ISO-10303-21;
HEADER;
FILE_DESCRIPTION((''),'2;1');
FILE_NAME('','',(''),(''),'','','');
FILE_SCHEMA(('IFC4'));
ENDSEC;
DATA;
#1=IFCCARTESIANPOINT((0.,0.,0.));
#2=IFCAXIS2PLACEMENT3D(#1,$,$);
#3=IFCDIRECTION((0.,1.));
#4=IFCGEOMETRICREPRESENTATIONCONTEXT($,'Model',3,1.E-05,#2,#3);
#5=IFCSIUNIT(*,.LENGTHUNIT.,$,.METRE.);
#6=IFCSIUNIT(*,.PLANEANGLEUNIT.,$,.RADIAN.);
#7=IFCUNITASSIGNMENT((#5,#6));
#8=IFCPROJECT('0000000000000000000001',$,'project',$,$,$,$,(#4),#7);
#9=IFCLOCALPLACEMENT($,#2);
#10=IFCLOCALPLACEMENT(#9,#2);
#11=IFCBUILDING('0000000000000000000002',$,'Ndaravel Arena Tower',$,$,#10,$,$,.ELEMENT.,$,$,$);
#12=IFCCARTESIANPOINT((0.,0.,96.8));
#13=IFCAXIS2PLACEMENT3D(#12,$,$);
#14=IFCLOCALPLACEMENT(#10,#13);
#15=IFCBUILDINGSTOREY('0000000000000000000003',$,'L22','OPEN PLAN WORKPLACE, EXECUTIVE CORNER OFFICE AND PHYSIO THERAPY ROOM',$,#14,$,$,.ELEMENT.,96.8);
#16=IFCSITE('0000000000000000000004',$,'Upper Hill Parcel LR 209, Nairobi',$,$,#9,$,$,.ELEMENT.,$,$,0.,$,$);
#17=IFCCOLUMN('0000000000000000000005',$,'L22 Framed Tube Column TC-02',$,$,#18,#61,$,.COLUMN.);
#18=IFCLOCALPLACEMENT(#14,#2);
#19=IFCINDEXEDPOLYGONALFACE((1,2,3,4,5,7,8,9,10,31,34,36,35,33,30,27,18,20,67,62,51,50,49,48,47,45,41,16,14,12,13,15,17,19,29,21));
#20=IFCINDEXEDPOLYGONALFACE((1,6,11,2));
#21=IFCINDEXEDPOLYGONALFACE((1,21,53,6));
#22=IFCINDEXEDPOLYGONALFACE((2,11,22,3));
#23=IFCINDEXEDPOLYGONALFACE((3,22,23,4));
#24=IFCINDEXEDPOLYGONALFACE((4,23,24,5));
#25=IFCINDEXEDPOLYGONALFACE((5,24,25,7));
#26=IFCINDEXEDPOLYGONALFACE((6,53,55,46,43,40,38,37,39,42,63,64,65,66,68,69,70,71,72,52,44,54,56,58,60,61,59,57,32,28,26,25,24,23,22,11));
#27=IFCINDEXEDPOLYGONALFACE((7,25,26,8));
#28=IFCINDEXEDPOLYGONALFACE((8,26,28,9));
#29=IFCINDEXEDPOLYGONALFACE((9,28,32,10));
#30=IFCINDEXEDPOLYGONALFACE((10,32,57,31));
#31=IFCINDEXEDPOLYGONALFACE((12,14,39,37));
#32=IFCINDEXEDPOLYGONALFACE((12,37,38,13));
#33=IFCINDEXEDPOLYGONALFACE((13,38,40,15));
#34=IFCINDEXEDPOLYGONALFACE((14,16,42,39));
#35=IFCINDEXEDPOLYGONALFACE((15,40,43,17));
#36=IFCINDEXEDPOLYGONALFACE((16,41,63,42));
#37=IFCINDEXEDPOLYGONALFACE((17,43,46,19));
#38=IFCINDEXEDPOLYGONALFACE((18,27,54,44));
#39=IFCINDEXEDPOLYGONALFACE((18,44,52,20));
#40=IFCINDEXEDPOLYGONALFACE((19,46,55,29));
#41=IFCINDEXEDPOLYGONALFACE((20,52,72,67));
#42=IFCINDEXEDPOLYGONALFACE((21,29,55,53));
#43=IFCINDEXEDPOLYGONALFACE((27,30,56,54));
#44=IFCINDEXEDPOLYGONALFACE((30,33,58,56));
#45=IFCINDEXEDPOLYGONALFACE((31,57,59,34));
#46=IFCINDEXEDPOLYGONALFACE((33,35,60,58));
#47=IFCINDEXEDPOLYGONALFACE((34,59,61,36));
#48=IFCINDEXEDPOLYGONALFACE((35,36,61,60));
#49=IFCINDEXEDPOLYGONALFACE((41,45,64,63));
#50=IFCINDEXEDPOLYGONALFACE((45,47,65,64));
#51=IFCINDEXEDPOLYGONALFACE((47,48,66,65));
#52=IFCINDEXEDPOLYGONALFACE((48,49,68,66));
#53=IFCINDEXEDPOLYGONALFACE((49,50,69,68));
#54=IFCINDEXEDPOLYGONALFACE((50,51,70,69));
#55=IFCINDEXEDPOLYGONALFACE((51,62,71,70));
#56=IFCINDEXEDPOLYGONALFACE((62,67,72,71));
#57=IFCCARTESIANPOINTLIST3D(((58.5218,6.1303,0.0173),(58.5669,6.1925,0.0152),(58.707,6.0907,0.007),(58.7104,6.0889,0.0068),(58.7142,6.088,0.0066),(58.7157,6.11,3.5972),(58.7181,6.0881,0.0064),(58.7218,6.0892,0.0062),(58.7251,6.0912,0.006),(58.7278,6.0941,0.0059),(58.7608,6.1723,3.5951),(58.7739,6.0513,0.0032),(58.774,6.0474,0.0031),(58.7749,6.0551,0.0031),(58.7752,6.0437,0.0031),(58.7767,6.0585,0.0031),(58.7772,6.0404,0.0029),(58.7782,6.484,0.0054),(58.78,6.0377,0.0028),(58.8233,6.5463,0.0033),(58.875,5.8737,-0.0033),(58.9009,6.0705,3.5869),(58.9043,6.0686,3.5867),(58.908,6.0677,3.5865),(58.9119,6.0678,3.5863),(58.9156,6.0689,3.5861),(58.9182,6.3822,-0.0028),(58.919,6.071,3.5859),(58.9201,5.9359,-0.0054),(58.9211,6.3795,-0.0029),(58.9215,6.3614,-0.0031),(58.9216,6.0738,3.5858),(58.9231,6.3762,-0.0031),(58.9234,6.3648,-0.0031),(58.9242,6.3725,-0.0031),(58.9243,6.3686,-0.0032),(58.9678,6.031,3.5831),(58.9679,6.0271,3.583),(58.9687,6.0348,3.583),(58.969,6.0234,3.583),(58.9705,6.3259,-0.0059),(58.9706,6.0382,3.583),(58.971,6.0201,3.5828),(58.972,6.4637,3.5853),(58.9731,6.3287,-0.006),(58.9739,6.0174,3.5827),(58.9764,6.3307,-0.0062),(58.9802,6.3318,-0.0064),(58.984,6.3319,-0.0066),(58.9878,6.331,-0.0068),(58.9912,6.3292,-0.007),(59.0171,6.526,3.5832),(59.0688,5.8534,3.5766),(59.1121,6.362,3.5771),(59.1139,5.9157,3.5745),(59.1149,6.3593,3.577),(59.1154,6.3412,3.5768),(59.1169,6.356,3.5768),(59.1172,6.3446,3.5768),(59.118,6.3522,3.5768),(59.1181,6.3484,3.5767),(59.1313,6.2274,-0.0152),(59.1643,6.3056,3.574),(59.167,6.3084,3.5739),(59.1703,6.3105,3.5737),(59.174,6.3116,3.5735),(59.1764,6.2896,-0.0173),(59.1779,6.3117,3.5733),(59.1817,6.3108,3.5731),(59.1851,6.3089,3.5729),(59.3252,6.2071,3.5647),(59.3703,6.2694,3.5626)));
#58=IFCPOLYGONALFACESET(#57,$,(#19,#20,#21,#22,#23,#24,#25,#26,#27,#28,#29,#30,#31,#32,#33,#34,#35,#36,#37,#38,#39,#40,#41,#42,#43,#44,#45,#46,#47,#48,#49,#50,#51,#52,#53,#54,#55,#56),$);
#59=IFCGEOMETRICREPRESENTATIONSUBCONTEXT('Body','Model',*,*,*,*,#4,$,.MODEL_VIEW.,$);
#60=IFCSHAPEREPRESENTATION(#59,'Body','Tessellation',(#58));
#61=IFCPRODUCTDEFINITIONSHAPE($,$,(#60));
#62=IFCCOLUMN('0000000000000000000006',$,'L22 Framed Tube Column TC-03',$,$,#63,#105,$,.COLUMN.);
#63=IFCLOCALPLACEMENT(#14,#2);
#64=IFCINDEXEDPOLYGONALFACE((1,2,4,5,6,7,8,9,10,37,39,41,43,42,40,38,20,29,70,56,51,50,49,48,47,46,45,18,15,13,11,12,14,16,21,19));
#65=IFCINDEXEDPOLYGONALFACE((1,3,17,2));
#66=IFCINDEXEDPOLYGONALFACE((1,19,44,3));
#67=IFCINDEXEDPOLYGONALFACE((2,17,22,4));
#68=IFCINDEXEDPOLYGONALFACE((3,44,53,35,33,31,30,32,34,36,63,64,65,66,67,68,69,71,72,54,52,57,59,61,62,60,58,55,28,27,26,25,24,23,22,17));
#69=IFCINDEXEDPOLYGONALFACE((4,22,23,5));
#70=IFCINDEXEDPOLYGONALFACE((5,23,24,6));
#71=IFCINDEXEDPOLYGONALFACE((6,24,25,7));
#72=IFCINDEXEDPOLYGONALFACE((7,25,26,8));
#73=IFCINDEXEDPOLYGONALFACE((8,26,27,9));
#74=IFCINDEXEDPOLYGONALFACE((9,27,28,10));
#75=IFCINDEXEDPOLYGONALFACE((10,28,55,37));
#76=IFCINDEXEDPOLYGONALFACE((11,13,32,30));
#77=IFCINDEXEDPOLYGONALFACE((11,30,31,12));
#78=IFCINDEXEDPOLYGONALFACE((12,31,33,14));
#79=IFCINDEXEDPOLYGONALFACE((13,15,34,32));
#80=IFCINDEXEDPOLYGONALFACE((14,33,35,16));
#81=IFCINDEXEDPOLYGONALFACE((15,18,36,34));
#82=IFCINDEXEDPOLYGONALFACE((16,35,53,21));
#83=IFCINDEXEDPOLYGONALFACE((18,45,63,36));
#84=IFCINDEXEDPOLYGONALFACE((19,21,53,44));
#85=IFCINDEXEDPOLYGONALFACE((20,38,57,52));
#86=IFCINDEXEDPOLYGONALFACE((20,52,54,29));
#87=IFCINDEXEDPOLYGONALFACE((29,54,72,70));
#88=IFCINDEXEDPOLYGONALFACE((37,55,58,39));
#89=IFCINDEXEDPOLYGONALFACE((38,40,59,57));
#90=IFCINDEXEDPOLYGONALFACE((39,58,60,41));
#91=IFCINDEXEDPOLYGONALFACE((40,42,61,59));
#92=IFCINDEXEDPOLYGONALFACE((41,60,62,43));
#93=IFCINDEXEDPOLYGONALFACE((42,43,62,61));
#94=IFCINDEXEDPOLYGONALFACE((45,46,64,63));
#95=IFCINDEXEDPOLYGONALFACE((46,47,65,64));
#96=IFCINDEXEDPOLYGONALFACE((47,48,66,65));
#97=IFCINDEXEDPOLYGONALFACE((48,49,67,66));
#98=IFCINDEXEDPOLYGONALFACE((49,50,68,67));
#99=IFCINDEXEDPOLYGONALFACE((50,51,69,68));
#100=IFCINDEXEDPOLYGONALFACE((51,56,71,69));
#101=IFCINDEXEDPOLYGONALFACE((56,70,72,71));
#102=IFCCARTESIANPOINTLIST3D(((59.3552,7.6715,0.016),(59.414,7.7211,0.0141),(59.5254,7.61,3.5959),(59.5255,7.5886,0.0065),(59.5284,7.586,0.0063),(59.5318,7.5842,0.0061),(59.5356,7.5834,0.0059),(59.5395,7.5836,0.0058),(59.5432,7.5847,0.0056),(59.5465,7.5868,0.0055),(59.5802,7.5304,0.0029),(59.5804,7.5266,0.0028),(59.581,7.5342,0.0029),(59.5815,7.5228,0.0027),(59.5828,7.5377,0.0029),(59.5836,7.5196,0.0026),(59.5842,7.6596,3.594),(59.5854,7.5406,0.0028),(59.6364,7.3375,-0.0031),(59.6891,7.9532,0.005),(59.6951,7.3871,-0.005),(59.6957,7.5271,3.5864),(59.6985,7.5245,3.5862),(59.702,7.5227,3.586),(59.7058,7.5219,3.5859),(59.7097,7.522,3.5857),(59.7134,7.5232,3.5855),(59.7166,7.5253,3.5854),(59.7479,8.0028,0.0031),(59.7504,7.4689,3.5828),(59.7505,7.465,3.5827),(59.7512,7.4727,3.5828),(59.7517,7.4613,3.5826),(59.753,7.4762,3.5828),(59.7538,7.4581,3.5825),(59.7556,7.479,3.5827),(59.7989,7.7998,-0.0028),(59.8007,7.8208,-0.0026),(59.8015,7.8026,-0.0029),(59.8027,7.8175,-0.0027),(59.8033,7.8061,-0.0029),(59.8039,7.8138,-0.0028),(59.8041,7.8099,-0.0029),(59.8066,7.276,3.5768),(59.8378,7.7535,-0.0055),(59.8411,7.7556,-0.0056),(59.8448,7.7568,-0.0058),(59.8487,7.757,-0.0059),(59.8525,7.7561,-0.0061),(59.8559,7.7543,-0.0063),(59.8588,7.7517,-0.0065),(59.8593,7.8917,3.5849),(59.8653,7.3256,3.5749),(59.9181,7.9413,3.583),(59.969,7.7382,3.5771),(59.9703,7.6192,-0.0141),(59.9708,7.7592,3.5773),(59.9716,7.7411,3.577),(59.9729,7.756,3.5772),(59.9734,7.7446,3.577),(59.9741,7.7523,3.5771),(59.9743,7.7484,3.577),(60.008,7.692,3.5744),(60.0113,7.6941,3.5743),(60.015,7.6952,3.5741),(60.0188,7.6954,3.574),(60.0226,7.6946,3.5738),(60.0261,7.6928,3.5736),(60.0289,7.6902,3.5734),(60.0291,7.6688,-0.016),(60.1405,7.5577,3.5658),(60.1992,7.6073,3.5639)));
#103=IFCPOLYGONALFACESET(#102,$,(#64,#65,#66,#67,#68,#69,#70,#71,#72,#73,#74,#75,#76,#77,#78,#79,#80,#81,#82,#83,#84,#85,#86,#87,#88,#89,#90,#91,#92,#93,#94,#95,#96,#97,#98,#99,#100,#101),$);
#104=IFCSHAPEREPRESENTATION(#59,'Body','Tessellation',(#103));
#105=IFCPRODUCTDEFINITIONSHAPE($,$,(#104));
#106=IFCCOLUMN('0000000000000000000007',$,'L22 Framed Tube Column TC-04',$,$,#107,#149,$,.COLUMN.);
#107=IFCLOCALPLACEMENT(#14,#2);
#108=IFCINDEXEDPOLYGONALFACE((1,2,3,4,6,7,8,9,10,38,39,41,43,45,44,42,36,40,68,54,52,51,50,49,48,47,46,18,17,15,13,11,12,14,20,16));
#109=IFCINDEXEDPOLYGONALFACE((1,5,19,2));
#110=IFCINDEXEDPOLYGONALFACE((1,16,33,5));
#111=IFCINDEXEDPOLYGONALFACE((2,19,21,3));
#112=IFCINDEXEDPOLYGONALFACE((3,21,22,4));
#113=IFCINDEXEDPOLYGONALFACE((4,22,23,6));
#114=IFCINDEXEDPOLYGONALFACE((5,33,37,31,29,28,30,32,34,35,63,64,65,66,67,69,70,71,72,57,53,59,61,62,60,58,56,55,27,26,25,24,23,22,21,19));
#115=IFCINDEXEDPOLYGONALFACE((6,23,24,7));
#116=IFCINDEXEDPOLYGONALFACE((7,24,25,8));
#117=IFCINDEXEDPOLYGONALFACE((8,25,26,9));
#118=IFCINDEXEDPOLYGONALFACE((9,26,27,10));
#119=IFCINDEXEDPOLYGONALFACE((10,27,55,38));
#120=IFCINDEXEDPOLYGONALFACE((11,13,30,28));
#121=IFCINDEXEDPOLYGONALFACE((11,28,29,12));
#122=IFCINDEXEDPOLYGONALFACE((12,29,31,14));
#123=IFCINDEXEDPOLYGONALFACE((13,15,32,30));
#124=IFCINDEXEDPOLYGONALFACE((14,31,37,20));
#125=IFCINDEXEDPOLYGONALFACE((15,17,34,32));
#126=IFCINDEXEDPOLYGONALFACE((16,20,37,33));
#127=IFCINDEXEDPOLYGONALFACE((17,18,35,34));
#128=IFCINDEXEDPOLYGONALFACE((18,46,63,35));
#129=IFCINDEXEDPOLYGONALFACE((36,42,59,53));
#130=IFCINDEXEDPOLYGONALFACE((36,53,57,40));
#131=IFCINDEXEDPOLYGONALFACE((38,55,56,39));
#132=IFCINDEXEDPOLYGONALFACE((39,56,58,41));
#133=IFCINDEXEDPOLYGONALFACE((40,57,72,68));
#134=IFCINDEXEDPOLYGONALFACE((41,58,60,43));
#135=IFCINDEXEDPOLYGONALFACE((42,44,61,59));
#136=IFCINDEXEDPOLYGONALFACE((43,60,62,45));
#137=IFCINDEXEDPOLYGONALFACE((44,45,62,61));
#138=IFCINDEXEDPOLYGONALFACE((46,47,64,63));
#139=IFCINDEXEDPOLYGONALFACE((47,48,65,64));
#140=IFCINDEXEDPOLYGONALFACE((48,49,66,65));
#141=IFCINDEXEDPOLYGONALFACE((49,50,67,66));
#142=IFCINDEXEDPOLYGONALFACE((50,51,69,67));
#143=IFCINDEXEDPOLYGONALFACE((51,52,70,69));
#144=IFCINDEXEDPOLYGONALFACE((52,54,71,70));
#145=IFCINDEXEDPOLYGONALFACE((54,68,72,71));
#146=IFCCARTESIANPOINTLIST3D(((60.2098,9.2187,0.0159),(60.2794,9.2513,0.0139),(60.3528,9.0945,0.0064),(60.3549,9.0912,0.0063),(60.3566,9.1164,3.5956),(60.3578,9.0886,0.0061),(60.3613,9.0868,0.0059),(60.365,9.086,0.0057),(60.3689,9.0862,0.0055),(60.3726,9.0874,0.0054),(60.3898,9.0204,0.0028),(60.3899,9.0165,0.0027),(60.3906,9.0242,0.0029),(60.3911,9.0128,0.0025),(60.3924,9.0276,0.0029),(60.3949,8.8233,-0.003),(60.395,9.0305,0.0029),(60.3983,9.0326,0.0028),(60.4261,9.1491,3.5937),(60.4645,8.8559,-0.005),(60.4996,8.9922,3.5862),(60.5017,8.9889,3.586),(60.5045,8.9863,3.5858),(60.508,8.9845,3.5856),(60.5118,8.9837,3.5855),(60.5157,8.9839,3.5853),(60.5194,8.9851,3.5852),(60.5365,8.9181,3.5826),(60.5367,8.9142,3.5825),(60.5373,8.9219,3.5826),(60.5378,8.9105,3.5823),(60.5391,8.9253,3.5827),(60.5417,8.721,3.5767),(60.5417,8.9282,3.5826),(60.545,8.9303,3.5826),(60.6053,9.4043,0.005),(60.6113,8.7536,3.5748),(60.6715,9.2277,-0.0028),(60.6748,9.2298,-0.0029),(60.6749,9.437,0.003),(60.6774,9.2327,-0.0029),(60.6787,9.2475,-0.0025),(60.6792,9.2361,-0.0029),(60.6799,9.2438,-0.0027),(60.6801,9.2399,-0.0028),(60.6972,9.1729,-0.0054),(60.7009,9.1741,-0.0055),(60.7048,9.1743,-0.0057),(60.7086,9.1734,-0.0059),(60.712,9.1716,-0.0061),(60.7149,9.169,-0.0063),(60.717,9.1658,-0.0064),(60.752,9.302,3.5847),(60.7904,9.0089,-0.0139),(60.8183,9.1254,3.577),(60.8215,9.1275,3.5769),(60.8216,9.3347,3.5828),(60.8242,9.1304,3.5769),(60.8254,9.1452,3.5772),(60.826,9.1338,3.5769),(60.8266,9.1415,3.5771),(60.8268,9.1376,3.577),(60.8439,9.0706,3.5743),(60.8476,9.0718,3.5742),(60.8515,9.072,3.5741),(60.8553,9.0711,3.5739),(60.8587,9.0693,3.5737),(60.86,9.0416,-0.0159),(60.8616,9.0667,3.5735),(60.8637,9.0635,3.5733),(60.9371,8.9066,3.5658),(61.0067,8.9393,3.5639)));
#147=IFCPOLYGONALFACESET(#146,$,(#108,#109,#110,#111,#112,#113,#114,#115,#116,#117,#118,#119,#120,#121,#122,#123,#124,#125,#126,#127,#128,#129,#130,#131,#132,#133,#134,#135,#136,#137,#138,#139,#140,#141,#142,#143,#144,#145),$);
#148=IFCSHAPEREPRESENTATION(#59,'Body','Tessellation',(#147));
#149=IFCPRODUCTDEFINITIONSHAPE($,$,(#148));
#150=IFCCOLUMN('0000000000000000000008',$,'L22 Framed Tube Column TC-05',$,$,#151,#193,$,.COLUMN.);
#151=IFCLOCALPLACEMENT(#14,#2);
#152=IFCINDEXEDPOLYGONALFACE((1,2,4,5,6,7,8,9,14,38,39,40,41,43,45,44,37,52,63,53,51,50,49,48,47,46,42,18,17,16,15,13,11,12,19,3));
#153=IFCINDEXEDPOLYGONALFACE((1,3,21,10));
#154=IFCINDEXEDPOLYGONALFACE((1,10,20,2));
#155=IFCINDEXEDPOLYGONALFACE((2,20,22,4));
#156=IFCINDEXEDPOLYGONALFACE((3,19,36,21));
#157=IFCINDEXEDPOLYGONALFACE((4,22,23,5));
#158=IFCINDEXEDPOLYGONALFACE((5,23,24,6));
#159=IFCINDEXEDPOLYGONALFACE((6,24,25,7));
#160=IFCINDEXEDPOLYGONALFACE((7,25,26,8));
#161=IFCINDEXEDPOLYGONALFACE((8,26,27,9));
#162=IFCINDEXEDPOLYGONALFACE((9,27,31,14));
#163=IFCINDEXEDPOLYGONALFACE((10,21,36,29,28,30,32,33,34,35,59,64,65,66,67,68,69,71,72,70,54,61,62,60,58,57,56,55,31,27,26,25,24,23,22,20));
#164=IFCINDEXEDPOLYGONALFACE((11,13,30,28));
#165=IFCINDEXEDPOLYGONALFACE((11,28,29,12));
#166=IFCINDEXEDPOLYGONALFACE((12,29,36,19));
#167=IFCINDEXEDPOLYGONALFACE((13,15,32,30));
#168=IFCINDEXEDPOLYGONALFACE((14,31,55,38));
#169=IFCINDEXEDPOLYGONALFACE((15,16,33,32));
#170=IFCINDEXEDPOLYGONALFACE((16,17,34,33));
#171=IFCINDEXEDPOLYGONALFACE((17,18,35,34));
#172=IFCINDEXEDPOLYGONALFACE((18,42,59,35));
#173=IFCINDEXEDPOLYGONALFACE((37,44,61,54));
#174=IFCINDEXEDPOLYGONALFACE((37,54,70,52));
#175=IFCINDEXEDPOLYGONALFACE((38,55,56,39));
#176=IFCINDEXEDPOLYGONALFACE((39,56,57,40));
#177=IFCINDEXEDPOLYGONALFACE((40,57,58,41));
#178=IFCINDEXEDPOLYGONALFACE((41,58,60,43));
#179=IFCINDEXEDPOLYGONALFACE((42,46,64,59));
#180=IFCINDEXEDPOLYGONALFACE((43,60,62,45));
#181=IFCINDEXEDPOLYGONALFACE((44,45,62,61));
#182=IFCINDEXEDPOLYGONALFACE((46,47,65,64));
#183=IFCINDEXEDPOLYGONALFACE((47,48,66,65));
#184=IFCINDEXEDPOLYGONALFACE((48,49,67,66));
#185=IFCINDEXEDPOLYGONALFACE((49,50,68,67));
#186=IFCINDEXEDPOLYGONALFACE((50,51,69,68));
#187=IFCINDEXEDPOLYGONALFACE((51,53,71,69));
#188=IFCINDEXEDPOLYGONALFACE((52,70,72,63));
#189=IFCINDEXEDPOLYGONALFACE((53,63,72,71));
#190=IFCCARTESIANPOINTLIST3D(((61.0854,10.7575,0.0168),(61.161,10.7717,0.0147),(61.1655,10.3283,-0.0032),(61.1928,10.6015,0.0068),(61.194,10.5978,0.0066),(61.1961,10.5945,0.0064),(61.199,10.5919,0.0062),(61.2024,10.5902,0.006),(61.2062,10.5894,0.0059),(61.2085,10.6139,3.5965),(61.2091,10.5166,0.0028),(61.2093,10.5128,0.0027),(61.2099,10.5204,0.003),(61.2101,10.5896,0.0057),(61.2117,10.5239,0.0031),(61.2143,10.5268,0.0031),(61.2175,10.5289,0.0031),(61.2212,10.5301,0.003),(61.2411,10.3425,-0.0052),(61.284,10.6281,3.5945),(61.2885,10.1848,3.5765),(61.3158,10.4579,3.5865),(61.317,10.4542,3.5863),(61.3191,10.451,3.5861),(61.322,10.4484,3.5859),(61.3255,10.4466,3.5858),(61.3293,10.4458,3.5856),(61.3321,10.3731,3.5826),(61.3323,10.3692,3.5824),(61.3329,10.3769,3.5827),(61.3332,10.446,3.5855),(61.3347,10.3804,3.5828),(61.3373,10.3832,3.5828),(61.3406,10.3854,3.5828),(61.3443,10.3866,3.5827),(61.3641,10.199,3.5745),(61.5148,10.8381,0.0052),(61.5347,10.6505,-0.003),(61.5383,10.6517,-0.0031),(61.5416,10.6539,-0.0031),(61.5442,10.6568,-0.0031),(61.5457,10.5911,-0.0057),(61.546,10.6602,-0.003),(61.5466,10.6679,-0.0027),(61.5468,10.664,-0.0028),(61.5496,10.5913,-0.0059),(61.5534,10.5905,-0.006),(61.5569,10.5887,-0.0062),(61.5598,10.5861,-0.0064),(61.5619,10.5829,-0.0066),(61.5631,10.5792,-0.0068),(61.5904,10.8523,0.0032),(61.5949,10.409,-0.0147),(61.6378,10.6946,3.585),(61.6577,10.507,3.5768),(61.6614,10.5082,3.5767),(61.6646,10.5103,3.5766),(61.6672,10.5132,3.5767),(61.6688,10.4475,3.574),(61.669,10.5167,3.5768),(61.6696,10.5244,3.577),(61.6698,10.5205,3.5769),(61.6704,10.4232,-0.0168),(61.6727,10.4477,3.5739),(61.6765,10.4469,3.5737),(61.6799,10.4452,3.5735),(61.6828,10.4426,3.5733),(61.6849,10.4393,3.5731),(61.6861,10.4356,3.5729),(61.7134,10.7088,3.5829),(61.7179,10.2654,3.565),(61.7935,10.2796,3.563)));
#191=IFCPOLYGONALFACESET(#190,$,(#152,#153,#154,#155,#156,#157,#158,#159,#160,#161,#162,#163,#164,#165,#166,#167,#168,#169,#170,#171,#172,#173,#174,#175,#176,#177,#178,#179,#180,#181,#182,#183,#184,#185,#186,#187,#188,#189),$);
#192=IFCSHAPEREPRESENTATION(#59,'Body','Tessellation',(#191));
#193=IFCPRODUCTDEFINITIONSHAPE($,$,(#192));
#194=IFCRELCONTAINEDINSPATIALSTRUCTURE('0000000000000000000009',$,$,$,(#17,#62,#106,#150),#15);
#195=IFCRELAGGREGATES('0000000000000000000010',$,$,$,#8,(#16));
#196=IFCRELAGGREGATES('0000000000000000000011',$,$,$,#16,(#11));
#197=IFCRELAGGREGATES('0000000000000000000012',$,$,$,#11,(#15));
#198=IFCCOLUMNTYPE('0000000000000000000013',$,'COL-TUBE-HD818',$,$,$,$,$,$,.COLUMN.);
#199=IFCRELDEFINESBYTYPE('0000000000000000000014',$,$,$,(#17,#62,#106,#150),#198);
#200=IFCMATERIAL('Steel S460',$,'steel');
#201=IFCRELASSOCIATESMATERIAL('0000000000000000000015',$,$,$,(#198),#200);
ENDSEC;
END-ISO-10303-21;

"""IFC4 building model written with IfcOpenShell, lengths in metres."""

from ifc_helpers import new_model, si_unit, direction, frame, origin, origin_2d, place, context, subcontext, project, spatial, i_section, extrude, material, material_profile, profile_set, type_object, element, save


model = new_model("IFC4")

# Units and contexts
model_context = context("Model", 3, precision=1e-05, world=origin(), true_north=direction((0.0, 1.0)))
body_context = subcontext(model_context, "Body", "Model", "MODEL_VIEW")
ifc_project = project(units=[si_unit("LENGTHUNIT", "METRE"), si_unit("PLANEANGLEUNIT", "RADIAN")], contexts=[model_context])

# Site, building, storey
site_placement = place(None, origin())
site = spatial("IfcSite", under=ifc_project, at=site_placement, Name="Upper Hill Parcel LR 209, Nairobi", CompositionType="ELEMENT", RefElevation=0.0)
building_placement = place(site_placement, origin())
building = spatial("IfcBuilding", under=site, at=building_placement, Name="Ndaravel Arena Tower", CompositionType="ELEMENT")
storey_placement = place(building_placement, frame((0.0, 0.0, 96.8)))
storey = spatial("IfcBuildingStorey", under=building, at=storey_placement, Name="L22", Description="OPEN PLAN WORKPLACE, EXECUTIVE CORNER OFFICE AND PHYSIO THERAPY ROOM", CompositionType="ELEMENT", Elevation=96.8)

# Columns
ifc_material_1 = material(Name="Steel S460", Category="steel")
ifc_material_profile_1 = material_profile(ifc_material_1, i_section(OverallWidth=0.437, OverallDepth=0.5139, WebThickness=0.0605, FlangeThickness=0.0769, FilletRadius=0.0149, at=origin_2d()), Name="HD 400x818")
ifc_profile_set_1 = profile_set([ifc_material_profile_1], Name="Steel S460")
column_type = type_object("IfcColumnType", Name="COL-TUBE-HD818", PredefinedType="COLUMN", material=ifc_profile_set_1)
column_1_placement = place(storey_placement, frame((58.8491, 6.21, 0.0), z_axis=(0.05407, -0.005652, 0.998521), x_axis=(-0.808075, 0.587196, 0.047081)))
element("IfcColumn", 1, at=column_1_placement, inside=storey, type_object=column_type, Name="L22 Framed Tube Column TC-02", PredefinedType="COLUMN", context=body_context, shape_type="SweptSolid", body=[
    extrude(i_section(OverallWidth=0.437, OverallDepth=0.5139, WebThickness=0.0605, FlangeThickness=0.0769, FilletRadius=0.0149, at=origin_2d()), origin(), (0.0, 0.0, 1.0), 3.5852),
])
column_2_placement = place(storey_placement, frame((59.6921, 7.6702, 0.0), z_axis=(0.047474, -0.017164, 0.998725), x_axis=(-0.643386, 0.764292, 0.043718)))
element("IfcColumn", 2, at=column_2_placement, inside=storey, type_object=column_type, Name="L22 Framed Tube Column TC-03", PredefinedType="COLUMN", context=body_context, shape_type="SweptSolid", body=[
    extrude(i_section(OverallWidth=0.437, OverallDepth=0.5139, WebThickness=0.0605, FlangeThickness=0.0769, FilletRadius=0.0149, at=origin_2d()), origin(), (0.0, 0.0, 1.0), 3.5845),
])
column_3_placement = place(storey_placement, frame((60.5349, 9.1301, 0.0), z_axis=(0.040936, -0.02854, 0.998754), x_axis=(-0.423581, 0.904827, 0.043217)))
element("IfcColumn", 3, at=column_3_placement, inside=storey, type_object=column_type, Name="L22 Framed Tube Column TC-04", PredefinedType="COLUMN", context=body_context, shape_type="SweptSolid", body=[
    extrude(i_section(OverallWidth=0.437, OverallDepth=0.5139, WebThickness=0.0605, FlangeThickness=0.0769, FilletRadius=0.0149, at=origin_2d()), origin(), (0.0, 0.0, 1.0), 3.5842),
])
column_4_placement = place(storey_placement, frame((61.3779, 10.5903, 0.0), z_axis=(0.034324, -0.040045, 0.998608), x_axis=(-0.183189, 0.982016, 0.045676)))
element("IfcColumn", 4, at=column_4_placement, inside=storey, type_object=column_type, Name="L22 Framed Tube Column TC-05", PredefinedType="COLUMN", context=body_context, shape_type="SweptSolid", body=[
    extrude(i_section(OverallWidth=0.437, OverallDepth=0.5139, WebThickness=0.0605, FlangeThickness=0.0769, FilletRadius=0.0149, at=origin_2d()), origin(), (0.0, 0.0, 1.0), 3.5847),
])

save(model, "model.ifc")
